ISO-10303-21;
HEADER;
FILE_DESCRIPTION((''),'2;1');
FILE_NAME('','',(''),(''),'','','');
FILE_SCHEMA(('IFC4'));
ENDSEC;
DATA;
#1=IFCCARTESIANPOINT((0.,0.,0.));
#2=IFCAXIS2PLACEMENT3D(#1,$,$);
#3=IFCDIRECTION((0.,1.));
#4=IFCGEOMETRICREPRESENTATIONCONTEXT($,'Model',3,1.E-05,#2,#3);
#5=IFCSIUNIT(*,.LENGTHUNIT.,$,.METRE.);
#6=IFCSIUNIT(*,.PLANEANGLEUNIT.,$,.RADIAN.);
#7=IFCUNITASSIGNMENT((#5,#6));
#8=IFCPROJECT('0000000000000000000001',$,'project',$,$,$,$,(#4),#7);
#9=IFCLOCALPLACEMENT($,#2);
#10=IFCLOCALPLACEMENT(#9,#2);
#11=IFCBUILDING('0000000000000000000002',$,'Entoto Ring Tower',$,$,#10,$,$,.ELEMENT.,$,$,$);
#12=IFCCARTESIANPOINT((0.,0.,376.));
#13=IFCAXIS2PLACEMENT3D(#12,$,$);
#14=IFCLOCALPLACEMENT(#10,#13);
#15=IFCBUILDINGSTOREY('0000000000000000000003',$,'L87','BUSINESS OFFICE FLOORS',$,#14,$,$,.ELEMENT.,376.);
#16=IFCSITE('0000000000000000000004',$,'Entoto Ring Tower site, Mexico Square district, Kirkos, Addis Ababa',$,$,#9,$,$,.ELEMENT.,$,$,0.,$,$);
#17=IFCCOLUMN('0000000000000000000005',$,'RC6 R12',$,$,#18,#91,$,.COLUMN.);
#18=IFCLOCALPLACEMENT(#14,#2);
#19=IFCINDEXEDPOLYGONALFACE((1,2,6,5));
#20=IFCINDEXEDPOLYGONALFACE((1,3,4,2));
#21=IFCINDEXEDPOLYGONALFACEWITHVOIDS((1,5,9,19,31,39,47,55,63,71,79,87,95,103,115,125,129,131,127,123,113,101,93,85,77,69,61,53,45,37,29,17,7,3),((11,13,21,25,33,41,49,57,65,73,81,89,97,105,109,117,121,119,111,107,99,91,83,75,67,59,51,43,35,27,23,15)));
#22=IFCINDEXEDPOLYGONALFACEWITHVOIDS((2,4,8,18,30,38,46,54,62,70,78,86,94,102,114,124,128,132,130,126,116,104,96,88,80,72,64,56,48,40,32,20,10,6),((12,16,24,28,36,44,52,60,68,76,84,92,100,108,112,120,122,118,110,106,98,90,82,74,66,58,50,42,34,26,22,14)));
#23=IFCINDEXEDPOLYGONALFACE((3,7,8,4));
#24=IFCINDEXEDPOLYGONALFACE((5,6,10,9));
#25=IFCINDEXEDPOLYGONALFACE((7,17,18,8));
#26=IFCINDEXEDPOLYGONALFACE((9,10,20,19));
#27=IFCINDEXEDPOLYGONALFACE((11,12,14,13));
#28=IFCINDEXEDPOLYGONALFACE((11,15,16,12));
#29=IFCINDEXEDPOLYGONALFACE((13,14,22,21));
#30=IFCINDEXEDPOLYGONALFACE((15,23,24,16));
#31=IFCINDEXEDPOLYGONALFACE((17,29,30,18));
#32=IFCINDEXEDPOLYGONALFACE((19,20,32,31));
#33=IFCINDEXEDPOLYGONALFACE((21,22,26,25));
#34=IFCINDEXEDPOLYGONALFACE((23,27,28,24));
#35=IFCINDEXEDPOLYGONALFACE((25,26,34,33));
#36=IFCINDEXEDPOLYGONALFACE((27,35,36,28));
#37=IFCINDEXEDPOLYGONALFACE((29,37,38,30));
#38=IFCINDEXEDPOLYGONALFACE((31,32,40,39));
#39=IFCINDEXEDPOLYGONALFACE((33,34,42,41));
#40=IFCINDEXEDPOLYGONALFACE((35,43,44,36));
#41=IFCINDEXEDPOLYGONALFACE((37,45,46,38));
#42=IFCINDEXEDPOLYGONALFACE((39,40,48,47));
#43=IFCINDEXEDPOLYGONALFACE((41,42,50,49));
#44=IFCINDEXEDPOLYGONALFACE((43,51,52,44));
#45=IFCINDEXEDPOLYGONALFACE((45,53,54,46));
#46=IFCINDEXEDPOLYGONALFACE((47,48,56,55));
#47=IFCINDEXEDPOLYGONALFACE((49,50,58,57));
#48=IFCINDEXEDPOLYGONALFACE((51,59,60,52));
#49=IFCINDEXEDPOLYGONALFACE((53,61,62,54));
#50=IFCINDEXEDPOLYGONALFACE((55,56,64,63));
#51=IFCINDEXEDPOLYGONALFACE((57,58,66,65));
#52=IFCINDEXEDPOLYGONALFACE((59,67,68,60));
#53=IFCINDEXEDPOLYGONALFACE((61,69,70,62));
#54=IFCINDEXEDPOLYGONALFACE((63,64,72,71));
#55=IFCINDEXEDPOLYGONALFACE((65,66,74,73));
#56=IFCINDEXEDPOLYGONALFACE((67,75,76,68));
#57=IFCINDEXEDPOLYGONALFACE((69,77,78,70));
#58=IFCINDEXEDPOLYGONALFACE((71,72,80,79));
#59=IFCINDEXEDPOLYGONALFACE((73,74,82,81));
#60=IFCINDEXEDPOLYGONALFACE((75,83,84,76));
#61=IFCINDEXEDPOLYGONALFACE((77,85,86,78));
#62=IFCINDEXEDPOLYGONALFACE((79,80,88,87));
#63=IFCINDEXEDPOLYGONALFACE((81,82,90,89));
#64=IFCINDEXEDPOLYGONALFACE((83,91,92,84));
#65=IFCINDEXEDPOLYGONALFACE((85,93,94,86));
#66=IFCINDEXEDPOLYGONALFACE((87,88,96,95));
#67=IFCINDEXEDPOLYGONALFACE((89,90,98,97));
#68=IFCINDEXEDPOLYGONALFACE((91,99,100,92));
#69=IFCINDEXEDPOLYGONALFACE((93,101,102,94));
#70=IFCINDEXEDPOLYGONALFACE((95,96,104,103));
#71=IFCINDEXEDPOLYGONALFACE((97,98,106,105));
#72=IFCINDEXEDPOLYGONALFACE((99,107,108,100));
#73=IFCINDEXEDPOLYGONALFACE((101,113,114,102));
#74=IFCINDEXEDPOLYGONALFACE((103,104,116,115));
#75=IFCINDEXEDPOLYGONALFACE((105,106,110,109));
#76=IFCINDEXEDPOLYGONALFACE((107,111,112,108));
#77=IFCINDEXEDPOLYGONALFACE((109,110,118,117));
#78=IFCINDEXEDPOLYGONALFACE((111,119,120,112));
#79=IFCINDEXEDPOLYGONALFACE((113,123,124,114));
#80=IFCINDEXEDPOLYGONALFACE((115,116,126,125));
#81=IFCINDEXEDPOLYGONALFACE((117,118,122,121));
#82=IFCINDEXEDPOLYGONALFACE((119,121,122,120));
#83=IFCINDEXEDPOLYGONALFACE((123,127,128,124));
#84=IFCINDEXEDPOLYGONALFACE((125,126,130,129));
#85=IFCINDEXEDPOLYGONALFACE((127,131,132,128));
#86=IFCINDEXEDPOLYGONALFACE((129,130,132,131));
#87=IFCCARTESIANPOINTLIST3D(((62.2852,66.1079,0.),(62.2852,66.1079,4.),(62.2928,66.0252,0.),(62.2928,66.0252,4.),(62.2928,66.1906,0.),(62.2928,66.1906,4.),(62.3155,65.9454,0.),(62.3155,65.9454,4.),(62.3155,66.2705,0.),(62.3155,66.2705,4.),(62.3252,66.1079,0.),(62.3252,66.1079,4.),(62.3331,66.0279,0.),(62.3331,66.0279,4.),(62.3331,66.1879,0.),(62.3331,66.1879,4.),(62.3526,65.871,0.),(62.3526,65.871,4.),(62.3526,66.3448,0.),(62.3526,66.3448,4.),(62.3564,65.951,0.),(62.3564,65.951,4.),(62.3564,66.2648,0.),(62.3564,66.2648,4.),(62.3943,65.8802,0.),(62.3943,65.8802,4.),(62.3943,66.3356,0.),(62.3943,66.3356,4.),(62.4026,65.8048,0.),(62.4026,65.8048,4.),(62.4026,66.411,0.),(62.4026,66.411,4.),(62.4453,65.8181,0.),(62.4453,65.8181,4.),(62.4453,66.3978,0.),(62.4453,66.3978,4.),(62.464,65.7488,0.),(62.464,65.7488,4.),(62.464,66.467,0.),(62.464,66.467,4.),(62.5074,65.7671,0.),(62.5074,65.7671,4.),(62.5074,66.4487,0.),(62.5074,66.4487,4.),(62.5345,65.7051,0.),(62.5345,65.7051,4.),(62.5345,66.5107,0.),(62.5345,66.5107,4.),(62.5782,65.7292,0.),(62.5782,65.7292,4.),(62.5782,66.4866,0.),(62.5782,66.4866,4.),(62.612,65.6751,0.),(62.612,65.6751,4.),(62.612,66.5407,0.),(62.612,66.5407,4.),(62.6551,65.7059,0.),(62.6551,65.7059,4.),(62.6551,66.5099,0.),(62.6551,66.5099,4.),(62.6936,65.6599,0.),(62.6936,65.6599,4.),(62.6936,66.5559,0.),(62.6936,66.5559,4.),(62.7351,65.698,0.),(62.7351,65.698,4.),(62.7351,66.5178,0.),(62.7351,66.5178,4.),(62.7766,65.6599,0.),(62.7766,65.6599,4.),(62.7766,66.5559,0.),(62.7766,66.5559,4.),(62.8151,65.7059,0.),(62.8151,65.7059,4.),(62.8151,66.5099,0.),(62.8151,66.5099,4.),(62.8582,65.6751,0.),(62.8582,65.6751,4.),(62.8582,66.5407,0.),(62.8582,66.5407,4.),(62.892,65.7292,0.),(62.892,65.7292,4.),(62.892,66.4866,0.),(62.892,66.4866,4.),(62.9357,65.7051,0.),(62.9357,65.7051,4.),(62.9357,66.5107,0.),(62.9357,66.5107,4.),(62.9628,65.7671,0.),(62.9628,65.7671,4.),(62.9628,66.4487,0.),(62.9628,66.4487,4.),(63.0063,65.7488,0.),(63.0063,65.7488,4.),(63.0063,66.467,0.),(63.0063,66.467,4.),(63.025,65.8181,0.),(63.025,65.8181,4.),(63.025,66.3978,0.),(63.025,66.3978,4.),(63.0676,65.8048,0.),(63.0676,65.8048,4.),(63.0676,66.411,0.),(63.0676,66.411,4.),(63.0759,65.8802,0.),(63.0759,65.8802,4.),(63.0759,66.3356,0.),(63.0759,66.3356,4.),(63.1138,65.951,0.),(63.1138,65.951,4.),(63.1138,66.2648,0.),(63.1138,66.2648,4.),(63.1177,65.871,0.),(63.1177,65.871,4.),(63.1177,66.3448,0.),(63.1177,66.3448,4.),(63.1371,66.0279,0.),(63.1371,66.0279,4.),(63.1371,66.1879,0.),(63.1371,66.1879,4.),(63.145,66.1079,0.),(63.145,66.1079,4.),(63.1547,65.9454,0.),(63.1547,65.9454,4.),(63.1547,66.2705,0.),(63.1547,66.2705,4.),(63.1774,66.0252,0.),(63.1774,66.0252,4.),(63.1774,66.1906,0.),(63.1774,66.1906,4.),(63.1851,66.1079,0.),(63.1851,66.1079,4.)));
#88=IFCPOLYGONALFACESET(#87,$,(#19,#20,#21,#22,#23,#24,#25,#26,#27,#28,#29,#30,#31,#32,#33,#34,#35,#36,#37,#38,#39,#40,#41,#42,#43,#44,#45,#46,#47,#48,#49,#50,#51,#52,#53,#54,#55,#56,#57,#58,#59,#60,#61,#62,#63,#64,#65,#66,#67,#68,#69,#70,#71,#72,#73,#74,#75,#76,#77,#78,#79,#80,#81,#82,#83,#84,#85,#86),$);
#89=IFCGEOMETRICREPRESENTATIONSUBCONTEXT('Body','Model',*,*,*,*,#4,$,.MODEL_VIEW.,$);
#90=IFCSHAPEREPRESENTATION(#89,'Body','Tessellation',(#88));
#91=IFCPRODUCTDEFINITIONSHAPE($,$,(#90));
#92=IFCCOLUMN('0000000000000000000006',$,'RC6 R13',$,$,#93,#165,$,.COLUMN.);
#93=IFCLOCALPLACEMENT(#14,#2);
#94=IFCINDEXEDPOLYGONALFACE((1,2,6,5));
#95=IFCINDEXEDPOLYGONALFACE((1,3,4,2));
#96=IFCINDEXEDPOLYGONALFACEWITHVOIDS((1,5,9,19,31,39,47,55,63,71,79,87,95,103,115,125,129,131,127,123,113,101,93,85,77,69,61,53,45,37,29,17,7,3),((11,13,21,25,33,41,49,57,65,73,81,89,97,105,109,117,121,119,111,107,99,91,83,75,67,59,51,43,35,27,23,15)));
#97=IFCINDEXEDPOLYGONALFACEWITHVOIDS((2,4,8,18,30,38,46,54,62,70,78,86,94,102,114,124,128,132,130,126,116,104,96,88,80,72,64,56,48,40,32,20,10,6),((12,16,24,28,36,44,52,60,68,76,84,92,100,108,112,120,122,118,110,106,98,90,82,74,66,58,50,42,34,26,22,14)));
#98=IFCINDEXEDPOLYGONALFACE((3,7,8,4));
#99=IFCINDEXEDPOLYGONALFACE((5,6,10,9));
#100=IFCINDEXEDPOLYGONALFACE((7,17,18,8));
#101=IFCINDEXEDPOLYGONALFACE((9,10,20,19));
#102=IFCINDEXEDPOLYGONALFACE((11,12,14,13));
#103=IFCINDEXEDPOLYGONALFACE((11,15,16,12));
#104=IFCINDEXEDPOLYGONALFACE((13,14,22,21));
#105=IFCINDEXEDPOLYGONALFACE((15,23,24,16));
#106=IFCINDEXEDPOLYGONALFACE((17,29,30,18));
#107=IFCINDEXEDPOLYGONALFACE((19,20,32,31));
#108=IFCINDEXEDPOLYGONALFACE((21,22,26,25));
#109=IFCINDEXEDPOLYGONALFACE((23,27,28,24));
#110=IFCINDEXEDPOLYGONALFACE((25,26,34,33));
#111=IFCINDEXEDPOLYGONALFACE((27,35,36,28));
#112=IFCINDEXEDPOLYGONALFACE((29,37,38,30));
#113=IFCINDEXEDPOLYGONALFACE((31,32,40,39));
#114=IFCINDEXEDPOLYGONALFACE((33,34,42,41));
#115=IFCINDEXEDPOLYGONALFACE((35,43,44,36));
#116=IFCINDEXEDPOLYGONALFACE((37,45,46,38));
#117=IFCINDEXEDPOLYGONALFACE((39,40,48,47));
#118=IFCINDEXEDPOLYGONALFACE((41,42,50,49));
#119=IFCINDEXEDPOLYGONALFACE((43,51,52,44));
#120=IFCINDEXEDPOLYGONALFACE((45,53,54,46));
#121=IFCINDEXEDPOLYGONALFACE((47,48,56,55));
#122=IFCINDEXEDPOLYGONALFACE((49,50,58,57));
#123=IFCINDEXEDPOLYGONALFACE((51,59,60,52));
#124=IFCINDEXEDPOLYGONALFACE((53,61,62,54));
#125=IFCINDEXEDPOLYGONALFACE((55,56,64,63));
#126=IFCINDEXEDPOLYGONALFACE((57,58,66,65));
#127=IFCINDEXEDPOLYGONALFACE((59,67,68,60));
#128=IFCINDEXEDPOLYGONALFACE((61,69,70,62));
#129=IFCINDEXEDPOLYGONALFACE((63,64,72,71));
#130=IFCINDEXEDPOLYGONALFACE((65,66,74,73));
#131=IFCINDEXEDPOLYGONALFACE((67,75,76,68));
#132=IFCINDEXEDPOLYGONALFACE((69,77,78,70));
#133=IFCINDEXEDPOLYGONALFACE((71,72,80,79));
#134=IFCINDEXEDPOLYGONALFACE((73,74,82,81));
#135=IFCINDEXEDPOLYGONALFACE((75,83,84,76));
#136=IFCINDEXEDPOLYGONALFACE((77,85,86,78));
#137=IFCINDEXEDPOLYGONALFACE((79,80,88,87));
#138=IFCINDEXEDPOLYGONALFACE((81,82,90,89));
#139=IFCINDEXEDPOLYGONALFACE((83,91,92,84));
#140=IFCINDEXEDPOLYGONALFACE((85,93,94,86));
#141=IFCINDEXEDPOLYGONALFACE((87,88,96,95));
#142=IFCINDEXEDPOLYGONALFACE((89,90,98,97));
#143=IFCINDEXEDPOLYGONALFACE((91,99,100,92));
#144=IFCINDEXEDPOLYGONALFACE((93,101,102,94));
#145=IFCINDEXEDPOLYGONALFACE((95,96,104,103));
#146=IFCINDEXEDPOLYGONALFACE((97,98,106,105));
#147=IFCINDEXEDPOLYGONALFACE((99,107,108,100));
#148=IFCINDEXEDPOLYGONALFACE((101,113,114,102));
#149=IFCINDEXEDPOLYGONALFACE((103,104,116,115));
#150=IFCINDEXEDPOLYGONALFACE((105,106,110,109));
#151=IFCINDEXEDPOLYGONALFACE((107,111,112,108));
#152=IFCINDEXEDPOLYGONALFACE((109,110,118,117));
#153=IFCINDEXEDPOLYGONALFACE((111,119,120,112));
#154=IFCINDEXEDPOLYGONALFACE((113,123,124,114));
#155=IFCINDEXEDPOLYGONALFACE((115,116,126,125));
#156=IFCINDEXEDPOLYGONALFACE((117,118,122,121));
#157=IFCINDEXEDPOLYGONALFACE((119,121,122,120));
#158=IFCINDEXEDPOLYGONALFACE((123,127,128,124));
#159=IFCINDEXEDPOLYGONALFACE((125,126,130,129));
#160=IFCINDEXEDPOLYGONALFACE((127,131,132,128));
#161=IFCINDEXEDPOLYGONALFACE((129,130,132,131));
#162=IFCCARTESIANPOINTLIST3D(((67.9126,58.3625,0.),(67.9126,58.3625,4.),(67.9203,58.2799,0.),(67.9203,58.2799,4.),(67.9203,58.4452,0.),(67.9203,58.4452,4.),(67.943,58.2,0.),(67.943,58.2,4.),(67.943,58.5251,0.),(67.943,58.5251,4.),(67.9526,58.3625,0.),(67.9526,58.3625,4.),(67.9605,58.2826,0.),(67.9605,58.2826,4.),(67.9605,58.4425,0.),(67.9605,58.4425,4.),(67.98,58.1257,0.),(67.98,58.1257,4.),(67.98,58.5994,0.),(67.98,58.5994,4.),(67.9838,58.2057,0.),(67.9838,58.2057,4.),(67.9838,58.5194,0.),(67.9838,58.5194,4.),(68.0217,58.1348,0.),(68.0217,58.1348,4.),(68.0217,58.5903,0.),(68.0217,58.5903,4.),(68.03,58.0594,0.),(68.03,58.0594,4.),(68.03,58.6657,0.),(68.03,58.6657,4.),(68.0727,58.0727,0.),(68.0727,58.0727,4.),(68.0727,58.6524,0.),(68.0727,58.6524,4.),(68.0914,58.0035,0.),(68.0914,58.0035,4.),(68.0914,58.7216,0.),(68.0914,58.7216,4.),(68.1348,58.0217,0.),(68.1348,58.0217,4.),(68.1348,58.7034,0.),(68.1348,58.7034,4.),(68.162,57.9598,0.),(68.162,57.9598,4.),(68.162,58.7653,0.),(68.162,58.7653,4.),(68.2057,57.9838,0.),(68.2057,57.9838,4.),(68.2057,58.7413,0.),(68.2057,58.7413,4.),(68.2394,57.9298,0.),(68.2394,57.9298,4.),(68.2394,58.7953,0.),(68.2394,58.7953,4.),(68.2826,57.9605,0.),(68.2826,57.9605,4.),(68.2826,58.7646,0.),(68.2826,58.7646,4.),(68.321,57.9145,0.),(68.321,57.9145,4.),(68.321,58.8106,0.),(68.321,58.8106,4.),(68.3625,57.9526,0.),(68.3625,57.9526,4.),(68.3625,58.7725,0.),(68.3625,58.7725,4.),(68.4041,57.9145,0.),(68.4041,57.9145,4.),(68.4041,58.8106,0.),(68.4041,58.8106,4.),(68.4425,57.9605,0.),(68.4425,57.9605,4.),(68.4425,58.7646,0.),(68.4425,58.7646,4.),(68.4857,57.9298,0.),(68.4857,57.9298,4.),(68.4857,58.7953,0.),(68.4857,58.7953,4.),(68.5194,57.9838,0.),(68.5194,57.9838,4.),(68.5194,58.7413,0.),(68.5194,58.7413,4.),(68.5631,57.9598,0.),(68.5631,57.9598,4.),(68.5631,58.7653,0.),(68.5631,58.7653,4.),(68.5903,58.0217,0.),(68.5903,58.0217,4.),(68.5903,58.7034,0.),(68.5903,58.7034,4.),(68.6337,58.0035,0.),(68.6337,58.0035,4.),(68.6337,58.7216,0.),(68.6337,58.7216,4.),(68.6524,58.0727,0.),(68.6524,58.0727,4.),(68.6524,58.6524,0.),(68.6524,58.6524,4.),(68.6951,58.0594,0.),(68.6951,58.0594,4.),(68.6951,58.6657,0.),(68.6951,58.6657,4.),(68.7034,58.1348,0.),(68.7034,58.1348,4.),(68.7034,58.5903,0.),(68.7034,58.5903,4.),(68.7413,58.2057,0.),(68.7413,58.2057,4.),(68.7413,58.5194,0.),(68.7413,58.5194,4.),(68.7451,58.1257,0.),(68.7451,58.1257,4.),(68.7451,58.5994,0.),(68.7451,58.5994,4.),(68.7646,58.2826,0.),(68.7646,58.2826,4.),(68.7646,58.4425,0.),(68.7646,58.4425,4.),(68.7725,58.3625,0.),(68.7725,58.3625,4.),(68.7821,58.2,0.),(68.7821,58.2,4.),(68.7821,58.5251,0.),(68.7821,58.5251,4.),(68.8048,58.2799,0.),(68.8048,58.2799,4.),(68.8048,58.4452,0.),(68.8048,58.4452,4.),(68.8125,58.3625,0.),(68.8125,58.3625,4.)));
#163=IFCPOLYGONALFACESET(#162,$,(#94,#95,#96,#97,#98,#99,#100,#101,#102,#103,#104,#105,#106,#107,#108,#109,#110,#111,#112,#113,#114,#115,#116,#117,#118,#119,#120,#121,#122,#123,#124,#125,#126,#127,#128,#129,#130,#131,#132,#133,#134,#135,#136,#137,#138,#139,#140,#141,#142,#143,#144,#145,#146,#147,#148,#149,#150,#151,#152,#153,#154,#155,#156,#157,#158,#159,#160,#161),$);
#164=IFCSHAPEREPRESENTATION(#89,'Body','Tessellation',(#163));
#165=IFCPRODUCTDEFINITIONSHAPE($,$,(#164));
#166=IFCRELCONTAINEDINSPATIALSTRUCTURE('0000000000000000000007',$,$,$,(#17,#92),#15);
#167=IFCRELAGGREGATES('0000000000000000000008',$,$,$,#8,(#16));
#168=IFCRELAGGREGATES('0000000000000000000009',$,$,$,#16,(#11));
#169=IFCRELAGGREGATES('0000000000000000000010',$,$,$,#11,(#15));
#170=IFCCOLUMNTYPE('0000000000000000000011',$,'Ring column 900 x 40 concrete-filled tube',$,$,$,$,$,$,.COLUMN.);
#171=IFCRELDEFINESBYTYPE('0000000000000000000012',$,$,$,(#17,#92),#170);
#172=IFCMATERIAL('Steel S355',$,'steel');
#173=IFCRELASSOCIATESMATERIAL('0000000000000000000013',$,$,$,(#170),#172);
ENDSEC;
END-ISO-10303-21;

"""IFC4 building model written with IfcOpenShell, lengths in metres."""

from ifc_helpers import new_model, si_unit, direction, frame, origin, origin_2d, place, context, subcontext, project, spatial, circle, hollow_circle, extrude, material, material_profile, profile_set, type_object, element, save


model = new_model("IFC4")

# Units and contexts
model_context = context("Model", 3, precision=1e-05, world=origin(), true_north=direction((0.0, 1.0)))
body_context = subcontext(model_context, "Body", "Model", "MODEL_VIEW")
ifc_project = project(units=[si_unit("LENGTHUNIT", "METRE"), si_unit("PLANEANGLEUNIT", "RADIAN")], contexts=[model_context])

# Site, building, storey
site_placement = place(None, origin())
site = spatial("IfcSite", under=ifc_project, at=site_placement, Name="Entoto Ring Tower site, Mexico Square district, Kirkos, Addis Ababa", CompositionType="ELEMENT", RefElevation=0.0)
building_placement = place(site_placement, origin())
building = spatial("IfcBuilding", under=site, at=building_placement, Name="Entoto Ring Tower", CompositionType="ELEMENT")
storey_placement = place(building_placement, frame((0.0, 0.0, 376.0)))
storey = spatial("IfcBuildingStorey", under=building, at=storey_placement, Name="L87", Description="BUSINESS OFFICE FLOORS", CompositionType="ELEMENT", Elevation=376.0)

# Columns
ifc_material_1 = material(Name="Steel S355", Category="steel")
ifc_material_profile_1 = material_profile(ifc_material_1, hollow_circle(Radius=0.45, WallThickness=0.04, at=origin_2d()), Name="CHS 900 x 40")
ifc_material_2 = material(Name="Concrete C60/75", Category="concrete")
ifc_material_profile_2 = material_profile(ifc_material_2, circle(Radius=0.4099, at=origin_2d()), Name="Concrete C60/75 infill")
ifc_profile_set_1 = profile_set([ifc_material_profile_1, ifc_material_profile_2], Name="Steel S355")
column_type = type_object("IfcColumnType", Name="Ring column 900 x 40 concrete-filled tube", PredefinedType="COLUMN", material=ifc_profile_set_1)
for number, where, z_axis, x_axis, name in (
    (1, (62.7351, 66.1079, 0.0), (0.0, 0.0, 1.0), (1.0, 0.0, 0.0), "RC6 R12"),
    (2, (68.3625, 58.3625, 0.0), (0.0, 0.0, 1.0), (1.0, 0.0, 0.0), "RC6 R13"),
):
    element("IfcColumn", number, at=place(storey_placement, frame(where, z_axis=z_axis, x_axis=x_axis)), inside=storey, type_object=column_type, Name=name, PredefinedType="COLUMN", context=body_context, shape_type="SweptSolid", body=[
        extrude(hollow_circle(Radius=0.45, WallThickness=0.04, at=origin_2d()), origin(), (0.0, 0.0, 1.0), 4.0),
    ])

save(model, "model.ifc")
